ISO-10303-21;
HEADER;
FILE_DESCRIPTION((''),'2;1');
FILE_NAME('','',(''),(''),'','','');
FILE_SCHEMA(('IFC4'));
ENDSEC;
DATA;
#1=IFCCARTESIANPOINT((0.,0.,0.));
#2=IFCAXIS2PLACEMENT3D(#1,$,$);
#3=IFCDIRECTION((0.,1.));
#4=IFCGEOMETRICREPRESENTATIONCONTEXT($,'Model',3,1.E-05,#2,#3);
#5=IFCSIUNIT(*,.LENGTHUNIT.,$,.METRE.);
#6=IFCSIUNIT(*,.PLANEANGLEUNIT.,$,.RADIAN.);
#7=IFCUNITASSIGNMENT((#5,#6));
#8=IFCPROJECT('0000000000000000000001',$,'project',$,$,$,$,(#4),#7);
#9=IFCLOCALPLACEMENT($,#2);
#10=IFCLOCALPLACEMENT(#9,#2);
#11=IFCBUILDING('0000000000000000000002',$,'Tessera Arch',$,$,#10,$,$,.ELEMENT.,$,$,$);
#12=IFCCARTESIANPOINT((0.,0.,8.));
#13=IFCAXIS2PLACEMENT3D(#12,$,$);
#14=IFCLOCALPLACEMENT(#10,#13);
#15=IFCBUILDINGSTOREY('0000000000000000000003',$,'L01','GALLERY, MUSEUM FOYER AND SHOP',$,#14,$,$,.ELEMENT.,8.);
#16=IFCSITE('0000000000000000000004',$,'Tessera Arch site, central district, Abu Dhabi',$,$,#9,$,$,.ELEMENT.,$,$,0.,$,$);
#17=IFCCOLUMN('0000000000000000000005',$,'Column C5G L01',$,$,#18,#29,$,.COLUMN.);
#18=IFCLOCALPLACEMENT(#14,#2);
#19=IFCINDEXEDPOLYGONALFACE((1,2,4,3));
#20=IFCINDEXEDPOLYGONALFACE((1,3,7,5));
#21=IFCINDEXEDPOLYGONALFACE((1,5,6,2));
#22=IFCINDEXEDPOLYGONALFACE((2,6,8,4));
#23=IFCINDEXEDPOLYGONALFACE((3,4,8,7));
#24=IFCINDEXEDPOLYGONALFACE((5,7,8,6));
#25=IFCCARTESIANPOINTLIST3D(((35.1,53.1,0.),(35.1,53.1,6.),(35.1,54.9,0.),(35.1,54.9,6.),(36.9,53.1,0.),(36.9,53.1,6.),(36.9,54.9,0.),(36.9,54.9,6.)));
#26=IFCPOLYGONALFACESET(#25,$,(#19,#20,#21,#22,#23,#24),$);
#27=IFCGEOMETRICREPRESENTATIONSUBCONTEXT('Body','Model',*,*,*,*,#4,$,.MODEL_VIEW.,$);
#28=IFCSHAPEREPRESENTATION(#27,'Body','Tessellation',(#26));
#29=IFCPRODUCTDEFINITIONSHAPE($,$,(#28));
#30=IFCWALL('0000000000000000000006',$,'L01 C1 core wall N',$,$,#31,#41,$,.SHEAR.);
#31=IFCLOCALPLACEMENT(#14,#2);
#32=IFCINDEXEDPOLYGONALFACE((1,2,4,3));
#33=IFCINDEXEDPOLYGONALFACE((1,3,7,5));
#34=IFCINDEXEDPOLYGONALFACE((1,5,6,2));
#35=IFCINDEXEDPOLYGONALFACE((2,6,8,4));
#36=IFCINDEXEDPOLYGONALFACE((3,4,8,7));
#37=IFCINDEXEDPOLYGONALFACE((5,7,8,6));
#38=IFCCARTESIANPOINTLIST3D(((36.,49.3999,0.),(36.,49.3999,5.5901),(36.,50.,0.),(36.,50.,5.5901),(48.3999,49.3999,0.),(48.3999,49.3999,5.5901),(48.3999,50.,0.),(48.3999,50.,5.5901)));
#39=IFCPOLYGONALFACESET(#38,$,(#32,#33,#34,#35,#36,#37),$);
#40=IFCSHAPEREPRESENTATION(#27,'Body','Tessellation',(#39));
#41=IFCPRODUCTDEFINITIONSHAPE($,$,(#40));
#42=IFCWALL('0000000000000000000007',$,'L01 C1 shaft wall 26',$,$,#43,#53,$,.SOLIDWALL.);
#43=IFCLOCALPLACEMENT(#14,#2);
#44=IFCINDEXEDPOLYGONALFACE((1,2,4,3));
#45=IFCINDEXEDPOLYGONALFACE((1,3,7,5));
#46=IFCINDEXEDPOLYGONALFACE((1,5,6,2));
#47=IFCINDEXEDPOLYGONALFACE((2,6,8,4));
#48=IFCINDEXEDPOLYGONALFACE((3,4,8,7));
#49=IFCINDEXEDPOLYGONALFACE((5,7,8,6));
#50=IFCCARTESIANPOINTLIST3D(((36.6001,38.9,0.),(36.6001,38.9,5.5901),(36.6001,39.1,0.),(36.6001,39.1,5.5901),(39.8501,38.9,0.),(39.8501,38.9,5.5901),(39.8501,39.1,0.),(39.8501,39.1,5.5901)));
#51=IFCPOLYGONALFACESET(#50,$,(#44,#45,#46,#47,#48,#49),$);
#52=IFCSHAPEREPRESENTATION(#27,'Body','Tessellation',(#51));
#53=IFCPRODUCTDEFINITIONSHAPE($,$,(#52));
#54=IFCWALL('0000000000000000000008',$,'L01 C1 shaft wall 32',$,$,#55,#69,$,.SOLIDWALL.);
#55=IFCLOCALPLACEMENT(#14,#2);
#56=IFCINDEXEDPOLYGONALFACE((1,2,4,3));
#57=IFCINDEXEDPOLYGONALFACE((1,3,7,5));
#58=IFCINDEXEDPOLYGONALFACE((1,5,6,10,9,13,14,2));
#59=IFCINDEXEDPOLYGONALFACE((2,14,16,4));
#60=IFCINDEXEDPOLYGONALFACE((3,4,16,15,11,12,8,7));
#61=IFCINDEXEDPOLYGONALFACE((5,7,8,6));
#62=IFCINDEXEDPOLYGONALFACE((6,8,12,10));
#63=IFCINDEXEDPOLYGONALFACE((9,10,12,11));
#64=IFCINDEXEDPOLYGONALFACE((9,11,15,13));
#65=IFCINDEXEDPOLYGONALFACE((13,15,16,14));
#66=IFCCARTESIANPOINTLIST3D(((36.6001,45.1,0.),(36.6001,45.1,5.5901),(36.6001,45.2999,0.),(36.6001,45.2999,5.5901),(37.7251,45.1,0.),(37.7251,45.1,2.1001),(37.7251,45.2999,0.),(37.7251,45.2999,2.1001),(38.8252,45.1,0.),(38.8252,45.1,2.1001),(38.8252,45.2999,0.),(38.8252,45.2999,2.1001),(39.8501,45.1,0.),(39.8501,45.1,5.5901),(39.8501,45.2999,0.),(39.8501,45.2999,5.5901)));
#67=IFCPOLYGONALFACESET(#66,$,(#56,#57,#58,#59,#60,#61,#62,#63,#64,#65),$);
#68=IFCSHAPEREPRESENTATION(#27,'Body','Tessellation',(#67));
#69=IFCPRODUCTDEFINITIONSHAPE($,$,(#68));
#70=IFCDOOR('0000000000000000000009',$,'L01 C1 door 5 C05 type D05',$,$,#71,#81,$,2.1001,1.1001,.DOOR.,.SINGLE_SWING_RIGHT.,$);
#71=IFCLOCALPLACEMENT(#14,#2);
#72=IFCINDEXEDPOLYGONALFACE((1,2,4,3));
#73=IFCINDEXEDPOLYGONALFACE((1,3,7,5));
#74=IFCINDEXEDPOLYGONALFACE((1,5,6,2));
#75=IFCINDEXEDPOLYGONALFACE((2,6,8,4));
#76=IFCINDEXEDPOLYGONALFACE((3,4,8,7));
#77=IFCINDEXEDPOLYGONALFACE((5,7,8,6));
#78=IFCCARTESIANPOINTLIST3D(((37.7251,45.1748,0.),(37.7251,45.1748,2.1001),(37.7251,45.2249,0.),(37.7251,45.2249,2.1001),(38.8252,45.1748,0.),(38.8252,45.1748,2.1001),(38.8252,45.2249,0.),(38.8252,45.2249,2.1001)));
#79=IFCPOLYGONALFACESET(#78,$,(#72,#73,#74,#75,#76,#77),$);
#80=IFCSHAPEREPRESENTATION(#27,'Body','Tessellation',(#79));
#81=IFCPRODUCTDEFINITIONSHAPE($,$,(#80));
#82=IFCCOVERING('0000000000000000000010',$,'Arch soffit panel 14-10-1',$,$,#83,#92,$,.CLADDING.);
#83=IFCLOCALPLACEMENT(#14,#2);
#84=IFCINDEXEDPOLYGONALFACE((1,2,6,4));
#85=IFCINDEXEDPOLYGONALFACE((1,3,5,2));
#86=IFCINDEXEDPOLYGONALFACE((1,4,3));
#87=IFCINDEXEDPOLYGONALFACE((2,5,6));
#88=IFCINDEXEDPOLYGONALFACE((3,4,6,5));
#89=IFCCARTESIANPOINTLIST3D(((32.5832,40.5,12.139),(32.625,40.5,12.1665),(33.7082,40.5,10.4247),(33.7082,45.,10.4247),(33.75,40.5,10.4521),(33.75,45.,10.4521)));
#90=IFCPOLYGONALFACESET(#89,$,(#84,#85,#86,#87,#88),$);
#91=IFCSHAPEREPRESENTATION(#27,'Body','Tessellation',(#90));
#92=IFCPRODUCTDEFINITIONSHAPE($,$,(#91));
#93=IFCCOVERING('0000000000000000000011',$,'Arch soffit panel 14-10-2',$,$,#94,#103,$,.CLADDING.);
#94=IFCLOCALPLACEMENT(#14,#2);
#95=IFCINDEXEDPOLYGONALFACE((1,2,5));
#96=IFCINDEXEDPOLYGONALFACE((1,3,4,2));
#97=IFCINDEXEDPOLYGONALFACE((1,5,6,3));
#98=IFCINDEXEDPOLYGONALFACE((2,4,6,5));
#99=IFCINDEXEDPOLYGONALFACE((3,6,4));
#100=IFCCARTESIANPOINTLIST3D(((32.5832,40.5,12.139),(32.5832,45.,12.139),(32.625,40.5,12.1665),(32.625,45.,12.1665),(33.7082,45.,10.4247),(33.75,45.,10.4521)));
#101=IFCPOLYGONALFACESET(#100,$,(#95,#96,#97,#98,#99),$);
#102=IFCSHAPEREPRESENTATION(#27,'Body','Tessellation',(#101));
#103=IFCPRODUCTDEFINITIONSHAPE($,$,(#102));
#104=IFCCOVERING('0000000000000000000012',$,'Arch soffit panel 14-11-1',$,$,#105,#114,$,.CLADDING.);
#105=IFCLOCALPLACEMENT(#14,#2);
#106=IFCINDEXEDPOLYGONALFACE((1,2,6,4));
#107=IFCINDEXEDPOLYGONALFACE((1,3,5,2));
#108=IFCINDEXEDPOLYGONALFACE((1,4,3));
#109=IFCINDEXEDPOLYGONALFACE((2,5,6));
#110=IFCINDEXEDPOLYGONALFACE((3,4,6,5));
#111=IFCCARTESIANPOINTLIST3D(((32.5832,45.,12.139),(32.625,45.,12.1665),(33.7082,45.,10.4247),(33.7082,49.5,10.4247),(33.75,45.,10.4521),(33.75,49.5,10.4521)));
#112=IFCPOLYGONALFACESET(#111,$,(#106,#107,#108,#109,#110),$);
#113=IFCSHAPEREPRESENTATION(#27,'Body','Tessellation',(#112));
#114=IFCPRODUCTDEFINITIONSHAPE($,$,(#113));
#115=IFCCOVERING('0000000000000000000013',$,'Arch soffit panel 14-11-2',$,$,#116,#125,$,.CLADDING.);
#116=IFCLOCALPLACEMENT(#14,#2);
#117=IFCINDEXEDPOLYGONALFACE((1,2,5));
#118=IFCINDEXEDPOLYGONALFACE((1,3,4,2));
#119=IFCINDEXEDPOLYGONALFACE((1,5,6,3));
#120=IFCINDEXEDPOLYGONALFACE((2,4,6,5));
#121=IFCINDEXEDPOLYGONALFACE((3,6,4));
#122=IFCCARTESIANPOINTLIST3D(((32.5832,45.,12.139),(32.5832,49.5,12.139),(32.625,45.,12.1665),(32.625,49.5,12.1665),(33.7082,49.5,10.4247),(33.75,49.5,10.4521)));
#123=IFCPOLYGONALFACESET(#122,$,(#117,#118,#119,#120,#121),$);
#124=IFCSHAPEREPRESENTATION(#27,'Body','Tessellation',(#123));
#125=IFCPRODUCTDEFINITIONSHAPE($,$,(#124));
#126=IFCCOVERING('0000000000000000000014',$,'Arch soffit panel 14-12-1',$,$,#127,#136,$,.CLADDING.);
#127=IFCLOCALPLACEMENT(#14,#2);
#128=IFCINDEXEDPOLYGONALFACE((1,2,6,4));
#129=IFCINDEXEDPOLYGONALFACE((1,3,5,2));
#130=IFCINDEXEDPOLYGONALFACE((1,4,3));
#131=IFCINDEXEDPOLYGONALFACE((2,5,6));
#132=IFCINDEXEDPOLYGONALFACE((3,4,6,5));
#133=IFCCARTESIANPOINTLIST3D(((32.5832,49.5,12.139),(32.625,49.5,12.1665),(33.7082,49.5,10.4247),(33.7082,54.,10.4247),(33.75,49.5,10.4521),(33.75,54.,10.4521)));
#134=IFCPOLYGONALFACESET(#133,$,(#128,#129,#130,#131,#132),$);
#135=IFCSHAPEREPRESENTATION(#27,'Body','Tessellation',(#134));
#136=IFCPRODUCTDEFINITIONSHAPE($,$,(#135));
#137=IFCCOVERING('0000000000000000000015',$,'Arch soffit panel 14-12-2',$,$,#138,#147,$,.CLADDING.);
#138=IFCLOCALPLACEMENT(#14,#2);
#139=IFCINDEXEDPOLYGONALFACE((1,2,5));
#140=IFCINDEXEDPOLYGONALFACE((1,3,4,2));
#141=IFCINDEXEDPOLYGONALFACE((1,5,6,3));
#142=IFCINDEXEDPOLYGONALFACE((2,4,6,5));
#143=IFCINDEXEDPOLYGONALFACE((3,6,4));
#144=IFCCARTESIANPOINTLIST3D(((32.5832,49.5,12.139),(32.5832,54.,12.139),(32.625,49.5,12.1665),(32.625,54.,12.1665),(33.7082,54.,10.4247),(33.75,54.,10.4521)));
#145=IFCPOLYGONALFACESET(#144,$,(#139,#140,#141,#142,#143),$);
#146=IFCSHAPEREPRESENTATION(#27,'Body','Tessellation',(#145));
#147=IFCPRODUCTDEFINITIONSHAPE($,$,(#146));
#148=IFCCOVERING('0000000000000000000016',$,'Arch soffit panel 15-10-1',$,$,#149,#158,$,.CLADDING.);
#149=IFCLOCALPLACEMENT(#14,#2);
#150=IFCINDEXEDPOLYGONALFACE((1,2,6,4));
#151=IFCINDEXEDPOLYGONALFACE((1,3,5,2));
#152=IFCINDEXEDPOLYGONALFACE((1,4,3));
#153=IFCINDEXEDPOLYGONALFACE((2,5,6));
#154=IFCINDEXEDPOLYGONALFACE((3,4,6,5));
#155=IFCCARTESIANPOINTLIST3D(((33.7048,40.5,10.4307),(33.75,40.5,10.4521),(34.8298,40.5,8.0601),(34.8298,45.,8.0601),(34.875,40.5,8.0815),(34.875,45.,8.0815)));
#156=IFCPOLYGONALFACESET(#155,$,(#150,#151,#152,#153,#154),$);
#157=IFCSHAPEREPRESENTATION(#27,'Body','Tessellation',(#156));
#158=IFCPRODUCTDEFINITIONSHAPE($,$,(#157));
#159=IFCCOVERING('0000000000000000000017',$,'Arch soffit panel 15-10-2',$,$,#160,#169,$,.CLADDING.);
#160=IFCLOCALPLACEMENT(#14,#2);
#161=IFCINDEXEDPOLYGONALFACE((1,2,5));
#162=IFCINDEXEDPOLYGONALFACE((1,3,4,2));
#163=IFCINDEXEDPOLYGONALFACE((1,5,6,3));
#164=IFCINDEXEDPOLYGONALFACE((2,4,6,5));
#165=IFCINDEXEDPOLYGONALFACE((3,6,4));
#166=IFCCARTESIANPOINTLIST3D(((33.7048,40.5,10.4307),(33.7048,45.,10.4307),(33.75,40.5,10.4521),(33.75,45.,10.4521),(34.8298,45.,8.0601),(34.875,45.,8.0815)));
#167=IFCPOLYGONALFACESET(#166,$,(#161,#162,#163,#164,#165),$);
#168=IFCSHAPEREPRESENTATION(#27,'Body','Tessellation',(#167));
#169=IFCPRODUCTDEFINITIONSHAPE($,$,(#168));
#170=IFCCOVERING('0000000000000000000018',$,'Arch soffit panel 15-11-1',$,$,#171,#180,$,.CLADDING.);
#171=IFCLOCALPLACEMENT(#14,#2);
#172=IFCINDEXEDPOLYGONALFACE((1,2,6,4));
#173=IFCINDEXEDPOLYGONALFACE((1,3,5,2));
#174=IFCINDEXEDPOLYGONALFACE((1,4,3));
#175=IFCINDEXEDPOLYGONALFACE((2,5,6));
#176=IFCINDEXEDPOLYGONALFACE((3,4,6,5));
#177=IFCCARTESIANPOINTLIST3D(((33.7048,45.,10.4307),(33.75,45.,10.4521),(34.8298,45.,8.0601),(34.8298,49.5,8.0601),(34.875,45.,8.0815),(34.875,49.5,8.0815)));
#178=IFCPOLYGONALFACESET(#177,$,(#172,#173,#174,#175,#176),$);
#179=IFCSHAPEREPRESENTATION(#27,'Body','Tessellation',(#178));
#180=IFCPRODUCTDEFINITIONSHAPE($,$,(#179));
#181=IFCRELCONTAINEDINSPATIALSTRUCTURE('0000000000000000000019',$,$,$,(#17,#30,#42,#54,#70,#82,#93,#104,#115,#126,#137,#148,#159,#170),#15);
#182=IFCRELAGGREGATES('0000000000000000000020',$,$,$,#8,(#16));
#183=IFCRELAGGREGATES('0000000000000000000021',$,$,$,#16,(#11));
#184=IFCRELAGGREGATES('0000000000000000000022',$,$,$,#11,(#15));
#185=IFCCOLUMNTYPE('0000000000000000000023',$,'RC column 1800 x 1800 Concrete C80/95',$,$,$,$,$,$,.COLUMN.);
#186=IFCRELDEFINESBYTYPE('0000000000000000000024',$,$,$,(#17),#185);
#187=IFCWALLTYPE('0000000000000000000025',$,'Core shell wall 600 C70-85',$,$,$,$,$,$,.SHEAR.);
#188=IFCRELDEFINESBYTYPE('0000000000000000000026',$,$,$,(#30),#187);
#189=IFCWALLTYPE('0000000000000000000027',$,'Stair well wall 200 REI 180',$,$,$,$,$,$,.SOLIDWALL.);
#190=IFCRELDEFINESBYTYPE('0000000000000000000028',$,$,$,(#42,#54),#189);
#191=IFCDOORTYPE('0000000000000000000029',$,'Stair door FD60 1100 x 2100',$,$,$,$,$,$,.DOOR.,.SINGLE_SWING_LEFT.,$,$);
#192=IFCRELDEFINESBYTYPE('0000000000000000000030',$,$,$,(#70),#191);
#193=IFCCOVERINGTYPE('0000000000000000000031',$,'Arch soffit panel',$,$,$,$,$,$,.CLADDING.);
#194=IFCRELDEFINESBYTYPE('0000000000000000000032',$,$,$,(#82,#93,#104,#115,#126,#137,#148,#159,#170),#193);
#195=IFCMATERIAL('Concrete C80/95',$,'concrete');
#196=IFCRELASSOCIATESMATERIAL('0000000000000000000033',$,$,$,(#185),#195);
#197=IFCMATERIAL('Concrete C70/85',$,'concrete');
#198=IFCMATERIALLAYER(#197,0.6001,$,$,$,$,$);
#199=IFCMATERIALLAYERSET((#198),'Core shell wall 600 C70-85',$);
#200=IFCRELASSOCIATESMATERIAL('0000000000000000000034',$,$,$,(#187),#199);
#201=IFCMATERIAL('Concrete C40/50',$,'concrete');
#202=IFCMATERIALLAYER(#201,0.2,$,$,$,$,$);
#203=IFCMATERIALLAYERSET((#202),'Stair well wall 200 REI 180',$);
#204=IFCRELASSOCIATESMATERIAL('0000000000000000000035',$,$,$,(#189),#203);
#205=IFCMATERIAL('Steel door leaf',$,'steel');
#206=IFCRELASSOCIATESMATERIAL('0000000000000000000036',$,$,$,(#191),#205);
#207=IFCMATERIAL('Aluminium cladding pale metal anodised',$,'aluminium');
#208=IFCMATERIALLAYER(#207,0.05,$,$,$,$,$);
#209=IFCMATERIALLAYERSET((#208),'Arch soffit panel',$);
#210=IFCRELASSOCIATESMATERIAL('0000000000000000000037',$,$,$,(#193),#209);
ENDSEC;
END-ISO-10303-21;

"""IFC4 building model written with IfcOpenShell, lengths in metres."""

from ifc_helpers import new_model, si_unit, direction, frame, frame_2d, origin, origin_2d, place, context, subcontext, project, spatial, polyline, rectangle, outline, extrude, material, layer, layer_set, material_profile, profile_set, type_object, element, fill, save


model = new_model("IFC4")

# Units and contexts
model_context = context("Model", 3, precision=1e-05, world=origin(), true_north=direction((0.0, 1.0)))
body_context = subcontext(model_context, "Body", "Model", "MODEL_VIEW")
ifc_project = project(units=[si_unit("LENGTHUNIT", "METRE"), si_unit("PLANEANGLEUNIT", "RADIAN")], contexts=[model_context])

# Site, building, storey
site_placement = place(None, origin())
site = spatial("IfcSite", under=ifc_project, at=site_placement, Name="Tessera Arch site, central district, Abu Dhabi", CompositionType="ELEMENT", RefElevation=0.0)
building_placement = place(site_placement, origin())
building = spatial("IfcBuilding", under=site, at=building_placement, Name="Tessera Arch", CompositionType="ELEMENT")
storey_placement = place(building_placement, frame((0.0, 0.0, 8.0)))
storey = spatial("IfcBuildingStorey", under=building, at=storey_placement, Name="L01", Description="GALLERY, MUSEUM FOYER AND SHOP", CompositionType="ELEMENT", Elevation=8.0)

# Column
ifc_material_1 = material(Name="Concrete C80/95", Category="concrete")
ifc_material_profile = material_profile(ifc_material_1, rectangle(XDim=1.8, YDim=1.8, at=origin_2d()), Name="RC column 1800 x 1800 Concrete C80/95")
ifc_profile_set = profile_set([ifc_material_profile], Name="Concrete C80/95")
column_type = type_object("IfcColumnType", Name="RC column 1800 x 1800 Concrete C80/95", PredefinedType="COLUMN", material=ifc_profile_set)
column_placement = place(storey_placement, frame((36.0, 54.0, 0.0), z_axis=(0.0, 0.0, 1.0), x_axis=(1.0, 0.0, 0.0)))
element("IfcColumn", 1, at=column_placement, inside=storey, type_object=column_type, Name="Column C5G L01", PredefinedType="COLUMN", context=body_context, shape_type="SweptSolid", body=[
    extrude(rectangle(XDim=1.8, YDim=1.8, at=origin_2d()), origin(), (0.0, 0.0, 1.0), 6.0),
])

# Walls
ifc_material_2 = material(Name="Concrete C70/85", Category="concrete")
ifc_layer_1 = layer(ifc_material_2, 0.6001)
ifc_layer_set_1 = layer_set([ifc_layer_1], Name="Core shell wall 600 C70-85")
wall_type_1 = type_object("IfcWallType", Name="Core shell wall 600 C70-85", PredefinedType="SHEAR", material=ifc_layer_set_1)
wall_1_placement = place(storey_placement, frame((36.0, 49.7, 0.0), z_axis=(0.0, 0.0, 1.0), x_axis=(1.0, 0.0, 0.0)))
element("IfcWall", 2, at=wall_1_placement, inside=storey, type_object=wall_type_1, Name="L01 C1 core wall N", PredefinedType="SHEAR", context=body_context, shape_type="SweptSolid", body=[
    extrude(rectangle(XDim=12.3999, YDim=0.6001, at=frame_2d((6.2, 0.0))), origin(), (0.0, 0.0, 1.0), 5.5901),
])
ifc_material_3 = material(Name="Concrete C40/50", Category="concrete")
ifc_layer_2 = layer(ifc_material_3, 0.2)
ifc_layer_set_2 = layer_set([ifc_layer_2], Name="Stair well wall 200 REI 180")
wall_type_2 = type_object("IfcWallType", Name="Stair well wall 200 REI 180", PredefinedType="SOLIDWALL", material=ifc_layer_set_2)
wall_2_placement = place(storey_placement, frame((36.6001, 39.0, 0.0), z_axis=(0.0, 0.0, 1.0), x_axis=(1.0, 0.0, 0.0)))
element("IfcWall", 3, at=wall_2_placement, inside=storey, type_object=wall_type_2, Name="L01 C1 shaft wall 26", PredefinedType="SOLIDWALL", context=body_context, shape_type="SweptSolid", body=[
    extrude(rectangle(XDim=3.25, YDim=0.2, at=frame_2d((1.625, 0.0))), origin(), (0.0, 0.0, 1.0), 5.5901),
])

# Wall, opening, door
wall_3_placement = place(storey_placement, frame((36.6001, 45.2, 0.0), z_axis=(0.0, 0.0, 1.0), x_axis=(1.0, 0.0, 0.0)))
wall_3 = element("IfcWall", 4, at=wall_3_placement, inside=storey, type_object=wall_type_2, Name="L01 C1 shaft wall 32", PredefinedType="SOLIDWALL", context=body_context, shape_type="SweptSolid", body=[
    extrude(rectangle(XDim=3.25, YDim=0.2, at=frame_2d((1.625, 0.0))), origin(), (0.0, 0.0, 1.0), 5.5901),
])
opening_placement = place(wall_3_placement, frame((1.125, 0.0, 0.0)))
opening = element("IfcOpeningElement", 5, at=opening_placement, cuts=wall_3, PredefinedType="OPENING", context=body_context, shape_type="SweptSolid", body=[
    extrude(rectangle(XDim=1.1001, YDim=2.1001, at=frame_2d((0.55, 1.05))), frame((0.0, 0.1099, 0.0), z_axis=(0.0, -1.0, 0.0), x_axis=(1.0, 0.0, 0.0)), (0.0, 0.0, 1.0), 0.22),
])
ifc_material_4 = material(Name="Steel door leaf", Category="steel")
door_type = type_object("IfcDoorType", Name="Stair door FD60 1100 x 2100", OperationType="SINGLE_SWING_LEFT", PredefinedType="DOOR", material=ifc_material_4)
door_placement = place(opening_placement, origin())
door = element("IfcDoor", 6, at=door_placement, inside=storey, type_object=door_type, Name="L01 C1 door 5 C05 type D05", OperationType="SINGLE_SWING_RIGHT", OverallHeight=2.1001, OverallWidth=1.1001, PredefinedType="DOOR", context=body_context, shape_type="SweptSolid", body=[
    extrude(rectangle(XDim=1.1001, YDim=2.1001, at=frame_2d((0.55, 1.05))), frame((0.0, 0.0249, 0.0), z_axis=(0.0, -1.0, 0.0), x_axis=(1.0, 0.0, 0.0)), (0.0, 0.0, 1.0), 0.05),
])
fill(opening, door)

# Coverings
ifc_material_5 = material(Name="Aluminium cladding pale metal anodised", Category="aluminium")
ifc_layer_3 = layer(ifc_material_5, 0.05)
ifc_layer_set_3 = layer_set([ifc_layer_3], Name="Arch soffit panel")
covering_type = type_object("IfcCoveringType", Name="Arch soffit panel", PredefinedType="CLADDING", material=ifc_layer_set_3)
covering_1_placement = place(storey_placement, frame((32.625, 40.5, 12.1665), z_axis=(0.836058, 0.0, 0.548641), x_axis=(0.548641, 0.0, -0.836058)))
element("IfcCovering", 7, at=covering_1_placement, inside=storey, type_object=covering_type, Name="Arch soffit panel 14-10-1", PredefinedType="CLADDING", context=body_context, shape_type="SweptSolid", body=[
    extrude(outline(polyline([(0.0, 0.0), (2.0505, 0.0), (2.0505, 4.5), (0.0, 0.0)])), origin(), (0.0, 0.0, -1.0), 0.05),
])
covering_2_placement = place(storey_placement, frame((32.625, 40.5, 12.1665), z_axis=(0.836058, 0.0, 0.548641), x_axis=(0.227495, 0.90998, -0.346673)))
element("IfcCovering", 8, at=covering_2_placement, inside=storey, type_object=covering_type, Name="Arch soffit panel 14-10-2", PredefinedType="CLADDING", context=body_context, shape_type="SweptSolid", body=[
    extrude(outline(polyline([(0.0, 0.0), (4.9452, 0.0), (4.0949, 1.8659), (0.0, 0.0)])), origin(), (0.0, 0.0, -1.0), 0.05),
])
covering_3_placement = place(storey_placement, frame((32.625, 45.0, 12.1665), z_axis=(0.836058, 0.0, 0.548641), x_axis=(0.548641, 0.0, -0.836058)))
element("IfcCovering", 9, at=covering_3_placement, inside=storey, type_object=covering_type, Name="Arch soffit panel 14-11-1", PredefinedType="CLADDING", context=body_context, shape_type="SweptSolid", body=[
    extrude(outline(polyline([(0.0, 0.0), (2.0505, 0.0), (2.0505, 4.5), (0.0, 0.0)])), origin(), (0.0, 0.0, -1.0), 0.05),
])
covering_4_placement = place(storey_placement, frame((32.625, 45.0, 12.1665), z_axis=(0.836058, 0.0, 0.548641), x_axis=(0.227495, 0.90998, -0.346673)))
element("IfcCovering", 10, at=covering_4_placement, inside=storey, type_object=covering_type, Name="Arch soffit panel 14-11-2", PredefinedType="CLADDING", context=body_context, shape_type="SweptSolid", body=[
    extrude(outline(polyline([(0.0, 0.0), (4.9452, 0.0), (4.0949, 1.8659), (0.0, 0.0)])), origin(), (0.0, 0.0, -1.0), 0.05),
])
covering_5_placement = place(storey_placement, frame((32.625, 49.5, 12.1665), z_axis=(0.836058, 0.0, 0.548641), x_axis=(0.548641, 0.0, -0.836058)))
element("IfcCovering", 11, at=covering_5_placement, inside=storey, type_object=covering_type, Name="Arch soffit panel 14-12-1", PredefinedType="CLADDING", context=body_context, shape_type="SweptSolid", body=[
    extrude(outline(polyline([(0.0, 0.0), (2.0505, 0.0), (2.0505, 4.5), (0.0, 0.0)])), origin(), (0.0, 0.0, -1.0), 0.05),
])
covering_6_placement = place(storey_placement, frame((32.625, 49.5, 12.1665), z_axis=(0.836058, 0.0, 0.548641), x_axis=(0.227495, 0.90998, -0.346673)))
element("IfcCovering", 12, at=covering_6_placement, inside=storey, type_object=covering_type, Name="Arch soffit panel 14-12-2", PredefinedType="CLADDING", context=body_context, shape_type="SweptSolid", body=[
    extrude(outline(polyline([(0.0, 0.0), (4.9452, 0.0), (4.0949, 1.8659), (0.0, 0.0)])), origin(), (0.0, 0.0, -1.0), 0.05),
])
covering_7_placement = place(storey_placement, frame((33.75, 40.5, 10.4521), z_axis=(0.903431, 0.0, 0.428734), x_axis=(0.428734, 0.0, -0.903431)))
element("IfcCovering", 13, at=covering_7_placement, inside=storey, type_object=covering_type, Name="Arch soffit panel 15-10-1", PredefinedType="CLADDING", context=body_context, shape_type="SweptSolid", body=[
    extrude(outline(polyline([(0.0, 0.0), (2.624, 0.0), (2.624, 4.5), (0.0, 0.0)])), origin(), (0.0, 0.0, -1.0), 0.05),
])
covering_8_placement = place(storey_placement, frame((33.75, 40.5, 10.4521), z_axis=(0.903431, 0.0, 0.428734), x_axis=(0.215966, 0.863862, -0.455084)))
element("IfcCovering", 14, at=covering_8_placement, inside=storey, type_object=covering_type, Name="Arch soffit panel 15-10-2", PredefinedType="CLADDING", context=body_context, shape_type="SweptSolid", body=[
    extrude(outline(polyline([(0.0, 0.0), (5.2092, 0.0), (3.8874, 2.2668), (0.0, 0.0)])), origin(), (0.0, 0.0, -1.0), 0.05),
])
covering_9_placement = place(storey_placement, frame((33.75, 45.0, 10.4521), z_axis=(0.903431, 0.0, 0.428734), x_axis=(0.428734, 0.0, -0.903431)))
element("IfcCovering", 15, at=covering_9_placement, inside=storey, type_object=covering_type, Name="Arch soffit panel 15-11-1", PredefinedType="CLADDING", context=body_context, shape_type="SweptSolid", body=[
    extrude(outline(polyline([(0.0, 0.0), (2.624, 0.0), (2.624, 4.5), (0.0, 0.0)])), origin(), (0.0, 0.0, -1.0), 0.05),
])

save(model, "model.ifc")
